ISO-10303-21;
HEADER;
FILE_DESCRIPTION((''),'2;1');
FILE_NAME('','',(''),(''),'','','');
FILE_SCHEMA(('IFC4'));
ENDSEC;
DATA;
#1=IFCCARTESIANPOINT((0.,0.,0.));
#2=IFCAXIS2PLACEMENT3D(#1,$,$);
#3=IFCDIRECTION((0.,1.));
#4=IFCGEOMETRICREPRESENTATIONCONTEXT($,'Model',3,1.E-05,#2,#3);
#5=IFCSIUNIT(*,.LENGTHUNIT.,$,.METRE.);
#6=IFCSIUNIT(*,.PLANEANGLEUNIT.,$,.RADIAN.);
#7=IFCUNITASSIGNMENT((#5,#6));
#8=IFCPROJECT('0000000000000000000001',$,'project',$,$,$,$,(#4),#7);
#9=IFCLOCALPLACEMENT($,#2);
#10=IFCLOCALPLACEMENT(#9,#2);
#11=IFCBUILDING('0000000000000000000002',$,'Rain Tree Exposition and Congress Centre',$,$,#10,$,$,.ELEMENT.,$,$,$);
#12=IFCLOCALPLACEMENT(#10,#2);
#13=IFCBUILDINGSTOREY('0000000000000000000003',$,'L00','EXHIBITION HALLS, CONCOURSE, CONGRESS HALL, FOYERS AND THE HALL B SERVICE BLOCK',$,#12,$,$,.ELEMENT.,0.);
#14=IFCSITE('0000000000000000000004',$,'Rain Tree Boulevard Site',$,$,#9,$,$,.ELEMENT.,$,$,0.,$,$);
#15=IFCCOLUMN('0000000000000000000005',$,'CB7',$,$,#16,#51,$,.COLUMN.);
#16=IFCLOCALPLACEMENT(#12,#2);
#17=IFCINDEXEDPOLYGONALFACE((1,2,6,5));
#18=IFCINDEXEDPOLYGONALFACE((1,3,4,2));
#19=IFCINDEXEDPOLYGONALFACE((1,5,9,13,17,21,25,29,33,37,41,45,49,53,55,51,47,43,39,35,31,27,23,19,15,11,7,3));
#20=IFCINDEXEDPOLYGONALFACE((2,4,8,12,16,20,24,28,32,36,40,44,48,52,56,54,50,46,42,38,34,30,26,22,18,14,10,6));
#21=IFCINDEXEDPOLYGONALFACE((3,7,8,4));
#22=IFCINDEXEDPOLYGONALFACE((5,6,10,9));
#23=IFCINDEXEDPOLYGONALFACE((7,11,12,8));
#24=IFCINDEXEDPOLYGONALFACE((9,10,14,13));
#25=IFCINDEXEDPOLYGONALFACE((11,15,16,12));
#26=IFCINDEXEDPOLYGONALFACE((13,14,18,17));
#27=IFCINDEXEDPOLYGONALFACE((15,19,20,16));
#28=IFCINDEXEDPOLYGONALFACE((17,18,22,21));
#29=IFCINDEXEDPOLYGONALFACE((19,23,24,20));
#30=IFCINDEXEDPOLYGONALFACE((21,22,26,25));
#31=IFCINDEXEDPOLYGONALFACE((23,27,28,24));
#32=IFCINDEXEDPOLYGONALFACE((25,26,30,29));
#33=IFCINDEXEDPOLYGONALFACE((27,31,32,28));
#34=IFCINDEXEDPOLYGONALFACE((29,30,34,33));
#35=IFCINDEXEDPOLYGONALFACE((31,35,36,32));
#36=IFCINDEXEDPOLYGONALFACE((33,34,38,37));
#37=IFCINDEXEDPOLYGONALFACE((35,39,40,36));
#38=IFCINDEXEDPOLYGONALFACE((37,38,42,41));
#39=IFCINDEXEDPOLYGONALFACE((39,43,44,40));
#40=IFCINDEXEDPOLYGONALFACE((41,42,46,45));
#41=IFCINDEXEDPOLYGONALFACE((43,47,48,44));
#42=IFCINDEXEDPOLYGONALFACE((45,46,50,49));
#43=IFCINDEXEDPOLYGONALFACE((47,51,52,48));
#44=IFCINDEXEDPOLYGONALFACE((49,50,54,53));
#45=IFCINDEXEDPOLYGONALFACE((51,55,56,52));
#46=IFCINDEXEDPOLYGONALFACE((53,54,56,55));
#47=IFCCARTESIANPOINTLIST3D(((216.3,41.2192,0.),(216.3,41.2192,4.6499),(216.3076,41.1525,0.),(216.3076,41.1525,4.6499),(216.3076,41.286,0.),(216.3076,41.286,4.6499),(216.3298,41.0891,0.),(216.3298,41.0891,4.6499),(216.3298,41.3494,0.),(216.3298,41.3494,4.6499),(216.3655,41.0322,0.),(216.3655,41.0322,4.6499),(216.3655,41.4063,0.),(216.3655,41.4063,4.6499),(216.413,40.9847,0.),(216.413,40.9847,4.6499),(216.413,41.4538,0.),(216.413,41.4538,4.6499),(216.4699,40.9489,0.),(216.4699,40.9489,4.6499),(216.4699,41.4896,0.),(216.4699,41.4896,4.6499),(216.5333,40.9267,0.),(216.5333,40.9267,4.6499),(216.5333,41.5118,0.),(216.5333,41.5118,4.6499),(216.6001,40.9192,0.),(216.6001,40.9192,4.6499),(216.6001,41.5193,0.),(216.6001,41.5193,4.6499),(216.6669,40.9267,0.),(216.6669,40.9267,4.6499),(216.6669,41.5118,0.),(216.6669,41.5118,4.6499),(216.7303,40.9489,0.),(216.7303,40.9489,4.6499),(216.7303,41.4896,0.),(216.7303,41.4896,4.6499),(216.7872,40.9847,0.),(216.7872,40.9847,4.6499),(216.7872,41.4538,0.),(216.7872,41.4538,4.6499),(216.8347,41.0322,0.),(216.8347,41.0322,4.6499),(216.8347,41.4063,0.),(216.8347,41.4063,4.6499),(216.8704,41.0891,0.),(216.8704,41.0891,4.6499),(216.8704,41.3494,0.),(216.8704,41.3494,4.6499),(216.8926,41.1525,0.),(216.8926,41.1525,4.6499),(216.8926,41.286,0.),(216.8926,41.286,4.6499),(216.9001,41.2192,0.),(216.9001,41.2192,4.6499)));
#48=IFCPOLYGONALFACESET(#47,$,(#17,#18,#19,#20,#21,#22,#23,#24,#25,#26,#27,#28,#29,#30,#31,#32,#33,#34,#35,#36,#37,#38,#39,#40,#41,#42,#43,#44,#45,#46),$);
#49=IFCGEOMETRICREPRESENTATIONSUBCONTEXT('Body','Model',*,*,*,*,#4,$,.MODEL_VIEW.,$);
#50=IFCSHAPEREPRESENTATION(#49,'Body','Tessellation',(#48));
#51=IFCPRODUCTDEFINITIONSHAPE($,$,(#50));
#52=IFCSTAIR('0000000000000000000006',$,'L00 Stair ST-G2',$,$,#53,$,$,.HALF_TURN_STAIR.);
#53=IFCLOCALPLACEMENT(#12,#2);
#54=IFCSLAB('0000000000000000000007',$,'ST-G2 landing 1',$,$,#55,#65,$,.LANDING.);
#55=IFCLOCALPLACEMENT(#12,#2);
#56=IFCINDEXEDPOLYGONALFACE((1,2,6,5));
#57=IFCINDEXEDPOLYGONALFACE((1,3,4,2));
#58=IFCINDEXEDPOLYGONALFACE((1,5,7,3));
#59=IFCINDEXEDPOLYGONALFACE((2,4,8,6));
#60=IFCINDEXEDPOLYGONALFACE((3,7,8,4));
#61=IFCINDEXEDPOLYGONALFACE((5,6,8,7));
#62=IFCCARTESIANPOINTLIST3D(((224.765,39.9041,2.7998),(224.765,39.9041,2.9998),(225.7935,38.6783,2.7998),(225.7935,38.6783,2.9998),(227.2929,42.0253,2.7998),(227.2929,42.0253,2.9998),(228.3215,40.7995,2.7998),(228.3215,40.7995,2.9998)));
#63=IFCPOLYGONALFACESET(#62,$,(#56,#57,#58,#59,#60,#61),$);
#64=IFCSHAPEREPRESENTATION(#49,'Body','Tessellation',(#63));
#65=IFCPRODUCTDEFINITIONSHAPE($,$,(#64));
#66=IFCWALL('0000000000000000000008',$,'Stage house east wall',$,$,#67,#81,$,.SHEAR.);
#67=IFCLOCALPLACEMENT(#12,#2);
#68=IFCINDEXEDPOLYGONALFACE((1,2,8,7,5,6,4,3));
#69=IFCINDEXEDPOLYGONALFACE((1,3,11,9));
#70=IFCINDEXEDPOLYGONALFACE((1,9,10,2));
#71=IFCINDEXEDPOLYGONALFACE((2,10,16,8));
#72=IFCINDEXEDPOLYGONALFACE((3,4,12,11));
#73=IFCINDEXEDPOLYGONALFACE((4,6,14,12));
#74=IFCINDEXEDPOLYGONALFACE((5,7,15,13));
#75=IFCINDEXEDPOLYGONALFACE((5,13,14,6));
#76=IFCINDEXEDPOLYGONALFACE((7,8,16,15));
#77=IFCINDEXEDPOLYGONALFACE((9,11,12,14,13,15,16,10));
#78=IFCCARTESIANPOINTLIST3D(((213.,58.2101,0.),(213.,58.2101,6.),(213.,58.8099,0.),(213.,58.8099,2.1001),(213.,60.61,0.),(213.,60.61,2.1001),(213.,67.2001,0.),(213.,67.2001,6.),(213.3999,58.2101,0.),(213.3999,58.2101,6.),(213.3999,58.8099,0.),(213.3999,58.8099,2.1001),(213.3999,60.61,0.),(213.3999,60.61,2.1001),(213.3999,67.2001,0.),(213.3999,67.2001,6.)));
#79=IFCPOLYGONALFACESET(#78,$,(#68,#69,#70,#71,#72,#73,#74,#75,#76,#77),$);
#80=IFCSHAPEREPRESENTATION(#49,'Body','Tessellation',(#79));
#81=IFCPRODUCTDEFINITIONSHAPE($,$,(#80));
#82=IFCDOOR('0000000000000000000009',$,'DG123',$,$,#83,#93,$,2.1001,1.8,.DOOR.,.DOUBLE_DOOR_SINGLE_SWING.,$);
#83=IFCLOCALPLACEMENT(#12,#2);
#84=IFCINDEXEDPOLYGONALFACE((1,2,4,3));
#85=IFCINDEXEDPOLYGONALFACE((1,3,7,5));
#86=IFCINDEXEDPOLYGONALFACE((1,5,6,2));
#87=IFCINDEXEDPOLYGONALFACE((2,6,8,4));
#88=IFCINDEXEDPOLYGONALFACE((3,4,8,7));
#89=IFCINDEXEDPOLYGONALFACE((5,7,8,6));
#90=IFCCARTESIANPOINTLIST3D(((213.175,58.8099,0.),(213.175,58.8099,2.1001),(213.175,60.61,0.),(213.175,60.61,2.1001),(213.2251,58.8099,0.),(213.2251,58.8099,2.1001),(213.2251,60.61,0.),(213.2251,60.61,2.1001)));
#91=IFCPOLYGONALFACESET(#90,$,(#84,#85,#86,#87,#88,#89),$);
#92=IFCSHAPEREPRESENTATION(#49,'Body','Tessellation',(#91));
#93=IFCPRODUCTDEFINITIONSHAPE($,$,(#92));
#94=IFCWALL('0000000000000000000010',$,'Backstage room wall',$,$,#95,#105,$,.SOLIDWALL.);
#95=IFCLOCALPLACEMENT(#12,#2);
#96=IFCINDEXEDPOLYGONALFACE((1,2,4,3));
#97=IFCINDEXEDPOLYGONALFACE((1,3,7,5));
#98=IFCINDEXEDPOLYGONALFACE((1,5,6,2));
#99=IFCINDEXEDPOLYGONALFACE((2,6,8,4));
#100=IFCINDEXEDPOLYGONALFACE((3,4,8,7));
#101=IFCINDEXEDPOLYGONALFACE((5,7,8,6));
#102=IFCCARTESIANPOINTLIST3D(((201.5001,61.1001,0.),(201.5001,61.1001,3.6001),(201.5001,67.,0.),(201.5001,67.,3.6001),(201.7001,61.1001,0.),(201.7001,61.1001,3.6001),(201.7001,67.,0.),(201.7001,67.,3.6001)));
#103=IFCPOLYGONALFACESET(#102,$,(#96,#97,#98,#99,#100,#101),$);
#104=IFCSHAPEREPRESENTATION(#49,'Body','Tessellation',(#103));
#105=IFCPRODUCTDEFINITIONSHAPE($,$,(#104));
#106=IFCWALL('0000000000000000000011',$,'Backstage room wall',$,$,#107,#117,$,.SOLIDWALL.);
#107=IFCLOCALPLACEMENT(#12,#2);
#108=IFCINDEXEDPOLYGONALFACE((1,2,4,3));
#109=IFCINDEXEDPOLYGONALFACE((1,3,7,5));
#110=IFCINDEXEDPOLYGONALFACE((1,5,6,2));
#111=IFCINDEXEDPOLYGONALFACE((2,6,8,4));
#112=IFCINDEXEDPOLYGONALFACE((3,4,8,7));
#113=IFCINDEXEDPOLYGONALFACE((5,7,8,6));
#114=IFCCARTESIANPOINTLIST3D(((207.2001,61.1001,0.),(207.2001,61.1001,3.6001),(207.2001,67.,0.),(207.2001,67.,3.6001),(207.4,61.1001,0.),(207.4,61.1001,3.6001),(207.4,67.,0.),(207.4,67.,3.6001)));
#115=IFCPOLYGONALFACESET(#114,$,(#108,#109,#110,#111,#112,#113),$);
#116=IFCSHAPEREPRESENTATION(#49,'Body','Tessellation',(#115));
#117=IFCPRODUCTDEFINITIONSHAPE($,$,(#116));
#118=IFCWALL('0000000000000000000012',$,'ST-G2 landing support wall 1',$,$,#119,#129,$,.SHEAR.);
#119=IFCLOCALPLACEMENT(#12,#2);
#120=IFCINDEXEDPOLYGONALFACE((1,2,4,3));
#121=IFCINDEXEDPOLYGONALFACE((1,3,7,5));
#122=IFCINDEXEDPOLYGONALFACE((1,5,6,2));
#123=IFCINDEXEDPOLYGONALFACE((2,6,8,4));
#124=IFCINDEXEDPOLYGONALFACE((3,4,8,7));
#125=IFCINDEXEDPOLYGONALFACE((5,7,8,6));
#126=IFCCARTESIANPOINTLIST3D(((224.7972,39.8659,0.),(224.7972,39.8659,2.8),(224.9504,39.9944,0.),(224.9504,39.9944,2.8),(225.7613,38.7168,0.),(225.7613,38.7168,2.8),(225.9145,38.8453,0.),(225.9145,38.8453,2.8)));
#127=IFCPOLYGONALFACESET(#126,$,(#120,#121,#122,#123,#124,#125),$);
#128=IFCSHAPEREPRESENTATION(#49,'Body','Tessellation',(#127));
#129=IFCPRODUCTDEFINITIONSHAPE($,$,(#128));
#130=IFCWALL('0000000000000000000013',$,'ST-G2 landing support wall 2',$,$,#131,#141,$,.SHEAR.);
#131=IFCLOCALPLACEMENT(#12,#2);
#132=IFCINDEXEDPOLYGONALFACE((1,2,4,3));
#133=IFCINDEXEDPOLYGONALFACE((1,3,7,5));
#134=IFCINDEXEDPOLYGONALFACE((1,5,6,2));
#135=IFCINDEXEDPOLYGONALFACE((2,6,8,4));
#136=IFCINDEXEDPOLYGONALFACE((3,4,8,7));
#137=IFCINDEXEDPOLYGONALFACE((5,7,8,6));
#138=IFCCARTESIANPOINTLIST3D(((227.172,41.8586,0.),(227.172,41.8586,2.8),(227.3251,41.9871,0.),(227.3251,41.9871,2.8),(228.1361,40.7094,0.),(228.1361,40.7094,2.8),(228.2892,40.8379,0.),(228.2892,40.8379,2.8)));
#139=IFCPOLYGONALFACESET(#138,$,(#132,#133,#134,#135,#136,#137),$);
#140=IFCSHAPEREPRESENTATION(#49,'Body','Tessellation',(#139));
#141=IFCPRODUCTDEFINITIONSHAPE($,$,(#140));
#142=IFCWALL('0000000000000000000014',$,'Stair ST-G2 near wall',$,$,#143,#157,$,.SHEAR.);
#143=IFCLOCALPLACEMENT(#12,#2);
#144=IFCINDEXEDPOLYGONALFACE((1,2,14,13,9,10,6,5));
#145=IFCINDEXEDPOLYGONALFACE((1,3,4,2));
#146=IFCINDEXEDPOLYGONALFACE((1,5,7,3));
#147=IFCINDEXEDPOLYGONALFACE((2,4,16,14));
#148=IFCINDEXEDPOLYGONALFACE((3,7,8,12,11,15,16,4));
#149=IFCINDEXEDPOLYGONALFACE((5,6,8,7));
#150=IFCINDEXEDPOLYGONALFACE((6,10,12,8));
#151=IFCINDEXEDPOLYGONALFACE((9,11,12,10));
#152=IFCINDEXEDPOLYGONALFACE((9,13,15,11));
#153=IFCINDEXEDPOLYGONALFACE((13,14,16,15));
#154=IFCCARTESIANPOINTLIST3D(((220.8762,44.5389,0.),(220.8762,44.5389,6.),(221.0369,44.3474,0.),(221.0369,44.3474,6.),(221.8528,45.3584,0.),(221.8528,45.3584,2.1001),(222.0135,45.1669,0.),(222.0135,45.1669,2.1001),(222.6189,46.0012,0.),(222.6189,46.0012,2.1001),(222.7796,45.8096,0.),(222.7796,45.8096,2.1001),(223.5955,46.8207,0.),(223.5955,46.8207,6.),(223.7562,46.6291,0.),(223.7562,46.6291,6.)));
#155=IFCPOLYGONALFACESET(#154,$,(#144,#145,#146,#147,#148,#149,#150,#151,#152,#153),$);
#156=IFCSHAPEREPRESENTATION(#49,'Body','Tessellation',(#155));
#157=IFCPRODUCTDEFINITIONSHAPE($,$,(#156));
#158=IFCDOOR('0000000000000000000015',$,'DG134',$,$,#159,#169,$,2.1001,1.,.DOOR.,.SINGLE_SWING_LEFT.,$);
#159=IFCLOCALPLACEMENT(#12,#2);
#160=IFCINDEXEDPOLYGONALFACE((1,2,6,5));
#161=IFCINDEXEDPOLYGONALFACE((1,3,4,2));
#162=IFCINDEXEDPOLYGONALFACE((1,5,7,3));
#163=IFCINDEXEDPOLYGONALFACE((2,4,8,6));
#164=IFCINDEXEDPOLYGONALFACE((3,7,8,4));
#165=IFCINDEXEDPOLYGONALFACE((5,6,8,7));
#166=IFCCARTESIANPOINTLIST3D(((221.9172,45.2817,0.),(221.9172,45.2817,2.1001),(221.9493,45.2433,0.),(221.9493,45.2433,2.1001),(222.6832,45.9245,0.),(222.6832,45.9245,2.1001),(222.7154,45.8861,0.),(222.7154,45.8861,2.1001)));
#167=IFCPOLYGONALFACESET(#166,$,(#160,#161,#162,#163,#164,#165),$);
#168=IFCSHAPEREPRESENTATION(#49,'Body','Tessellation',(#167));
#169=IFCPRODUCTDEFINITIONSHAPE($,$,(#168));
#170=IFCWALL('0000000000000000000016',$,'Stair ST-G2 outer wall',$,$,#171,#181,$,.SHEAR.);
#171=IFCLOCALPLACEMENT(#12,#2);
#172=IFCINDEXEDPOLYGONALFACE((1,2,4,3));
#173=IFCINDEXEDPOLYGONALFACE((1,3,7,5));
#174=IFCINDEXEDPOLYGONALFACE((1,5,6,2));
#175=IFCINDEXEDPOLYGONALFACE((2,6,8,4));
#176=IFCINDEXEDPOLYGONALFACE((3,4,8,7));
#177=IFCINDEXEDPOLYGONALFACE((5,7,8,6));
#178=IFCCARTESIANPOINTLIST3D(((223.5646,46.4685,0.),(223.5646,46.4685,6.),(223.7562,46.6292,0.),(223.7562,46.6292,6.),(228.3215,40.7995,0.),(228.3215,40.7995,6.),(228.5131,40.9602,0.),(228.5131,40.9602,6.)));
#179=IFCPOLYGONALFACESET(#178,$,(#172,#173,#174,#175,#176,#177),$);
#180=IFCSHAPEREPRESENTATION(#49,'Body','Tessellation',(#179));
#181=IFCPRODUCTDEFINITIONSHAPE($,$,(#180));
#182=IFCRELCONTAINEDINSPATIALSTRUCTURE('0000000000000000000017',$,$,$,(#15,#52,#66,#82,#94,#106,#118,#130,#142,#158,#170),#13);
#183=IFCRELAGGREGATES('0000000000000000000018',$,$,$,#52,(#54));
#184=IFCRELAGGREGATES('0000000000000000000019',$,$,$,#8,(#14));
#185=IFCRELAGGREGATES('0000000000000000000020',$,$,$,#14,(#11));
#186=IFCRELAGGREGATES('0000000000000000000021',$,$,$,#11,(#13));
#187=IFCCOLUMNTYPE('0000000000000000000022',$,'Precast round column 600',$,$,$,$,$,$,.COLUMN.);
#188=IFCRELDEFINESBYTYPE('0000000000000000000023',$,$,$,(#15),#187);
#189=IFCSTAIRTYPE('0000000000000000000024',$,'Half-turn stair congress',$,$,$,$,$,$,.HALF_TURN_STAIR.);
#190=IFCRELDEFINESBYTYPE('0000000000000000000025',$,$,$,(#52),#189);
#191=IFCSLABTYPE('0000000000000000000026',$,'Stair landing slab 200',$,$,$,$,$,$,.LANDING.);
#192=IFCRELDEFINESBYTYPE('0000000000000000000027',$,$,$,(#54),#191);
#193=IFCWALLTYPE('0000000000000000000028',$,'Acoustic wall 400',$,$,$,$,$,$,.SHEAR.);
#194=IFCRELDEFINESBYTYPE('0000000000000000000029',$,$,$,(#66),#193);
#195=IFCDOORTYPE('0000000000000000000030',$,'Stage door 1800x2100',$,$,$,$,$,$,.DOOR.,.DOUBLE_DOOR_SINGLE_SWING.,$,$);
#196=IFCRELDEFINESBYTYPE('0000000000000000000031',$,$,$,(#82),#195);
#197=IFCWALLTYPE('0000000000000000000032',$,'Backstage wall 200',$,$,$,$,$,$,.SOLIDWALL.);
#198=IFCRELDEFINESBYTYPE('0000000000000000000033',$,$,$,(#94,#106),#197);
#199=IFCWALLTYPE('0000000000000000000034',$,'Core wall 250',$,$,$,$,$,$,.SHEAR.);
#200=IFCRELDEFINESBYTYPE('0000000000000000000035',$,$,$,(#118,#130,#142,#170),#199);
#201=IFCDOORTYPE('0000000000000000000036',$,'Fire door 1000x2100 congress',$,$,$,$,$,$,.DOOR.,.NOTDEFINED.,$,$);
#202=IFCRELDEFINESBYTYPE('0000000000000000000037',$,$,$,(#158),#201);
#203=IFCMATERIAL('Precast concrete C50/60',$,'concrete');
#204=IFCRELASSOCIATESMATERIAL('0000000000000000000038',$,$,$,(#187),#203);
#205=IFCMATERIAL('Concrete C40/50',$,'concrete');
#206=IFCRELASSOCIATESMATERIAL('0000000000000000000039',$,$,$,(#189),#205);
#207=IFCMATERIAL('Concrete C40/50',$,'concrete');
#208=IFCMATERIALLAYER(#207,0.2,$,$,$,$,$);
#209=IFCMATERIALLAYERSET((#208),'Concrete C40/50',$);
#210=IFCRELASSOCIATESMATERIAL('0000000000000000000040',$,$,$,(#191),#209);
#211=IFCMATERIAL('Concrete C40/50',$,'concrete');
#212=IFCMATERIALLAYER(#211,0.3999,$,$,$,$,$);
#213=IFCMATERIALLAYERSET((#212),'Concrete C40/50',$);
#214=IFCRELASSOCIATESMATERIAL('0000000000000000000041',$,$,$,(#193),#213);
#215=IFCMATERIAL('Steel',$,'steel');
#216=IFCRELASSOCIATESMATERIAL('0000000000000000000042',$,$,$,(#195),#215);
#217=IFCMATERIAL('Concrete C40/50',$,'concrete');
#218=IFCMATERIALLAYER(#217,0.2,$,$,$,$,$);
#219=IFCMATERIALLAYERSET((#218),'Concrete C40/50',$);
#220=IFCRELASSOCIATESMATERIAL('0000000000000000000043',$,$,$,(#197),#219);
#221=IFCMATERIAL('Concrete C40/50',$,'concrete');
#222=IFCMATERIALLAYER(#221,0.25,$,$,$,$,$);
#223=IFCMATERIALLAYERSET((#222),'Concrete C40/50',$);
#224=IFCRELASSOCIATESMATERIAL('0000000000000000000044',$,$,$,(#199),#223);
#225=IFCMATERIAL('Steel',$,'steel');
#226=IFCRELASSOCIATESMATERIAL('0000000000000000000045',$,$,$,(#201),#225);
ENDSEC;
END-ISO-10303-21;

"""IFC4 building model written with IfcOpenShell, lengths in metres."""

from ifc_helpers import new_model, si_unit, direction, frame, frame_2d, origin, origin_2d, place, context, subcontext, project, spatial, rectangle, circle, extrude, material, layer, layer_set, material_profile, profile_set, type_object, element, fill, aggregate, save


model = new_model("IFC4")

# Units and contexts
model_context = context("Model", 3, precision=1e-05, world=origin(), true_north=direction((0.0, 1.0)))
body_context = subcontext(model_context, "Body", "Model", "MODEL_VIEW")
ifc_project = project(units=[si_unit("LENGTHUNIT", "METRE"), si_unit("PLANEANGLEUNIT", "RADIAN")], contexts=[model_context])

# Site, building, storey
site_placement = place(None, origin())
site = spatial("IfcSite", under=ifc_project, at=site_placement, Name="Rain Tree Boulevard Site", CompositionType="ELEMENT", RefElevation=0.0)
building_placement = place(site_placement, origin())
building = spatial("IfcBuilding", under=site, at=building_placement, Name="Rain Tree Exposition and Congress Centre", CompositionType="ELEMENT")
storey_placement = place(building_placement, origin())
storey = spatial("IfcBuildingStorey", under=building, at=storey_placement, Name="L00", Description="EXHIBITION HALLS, CONCOURSE, CONGRESS HALL, FOYERS AND THE HALL B SERVICE BLOCK", CompositionType="ELEMENT", Elevation=0.0)

# Column
ifc_material_1 = material(Name="Precast concrete C50/60", Category="concrete")
ifc_material_profile = material_profile(ifc_material_1, circle(Radius=0.3, at=origin_2d()), Name="RC D600")
ifc_profile_set = profile_set([ifc_material_profile], Name="Precast concrete C50/60")
column_type = type_object("IfcColumnType", Name="Precast round column 600", PredefinedType="COLUMN", material=ifc_profile_set)
column_placement = place(storey_placement, frame((216.6001, 41.2192, 0.0), z_axis=(0.0, 0.0, 1.0), x_axis=(1.0, 0.0, 0.0)))
element("IfcColumn", 1, at=column_placement, inside=storey, type_object=column_type, Name="CB7", PredefinedType="COLUMN", context=body_context, shape_type="SweptSolid", body=[
    extrude(circle(Radius=0.3, at=origin_2d()), origin(), (0.0, 0.0, 1.0), 4.6499),
])

# Stair, slab
ifc_material_2 = material(Name="Concrete C40/50", Category="concrete")
stair_type = type_object("IfcStairType", Name="Half-turn stair congress", PredefinedType="HALF_TURN_STAIR", material=ifc_material_2)
stair_placement = place(storey_placement, origin())
stair = element("IfcStair", 2, at=stair_placement, inside=storey, type_object=stair_type, Name="L00 Stair ST-G2", PredefinedType="HALF_TURN_STAIR")
ifc_material_3 = material(Name="Concrete C40/50", Category="concrete")
ifc_layer_1 = layer(ifc_material_3, 0.2)
ifc_layer_set_1 = layer_set([ifc_layer_1], Name="Concrete C40/50")
slab_type = type_object("IfcSlabType", Name="Stair landing slab 200", PredefinedType="LANDING", material=ifc_layer_set_1)
slab_placement = place(storey_placement, frame((226.5432, 40.3518, 2.7998), z_axis=(0.0, 0.0, 1.0), x_axis=(0.642788, -0.766044, 0.0)))
slab = element("IfcSlab", 3, at=slab_placement, type_object=slab_type, Name="ST-G2 landing 1", PredefinedType="LANDING", context=body_context, shape_type="SweptSolid", body=[
    extrude(rectangle(XDim=1.6001, YDim=3.3, at=origin_2d()), origin(), (0.0, 0.0, 1.0), 0.2),
])

# Shared definitions
ifc_material_4 = material(Name="Concrete C40/50", Category="concrete")
ifc_layer_2 = layer(ifc_material_4, 0.3999)
ifc_layer_set_2 = layer_set([ifc_layer_2], Name="Concrete C40/50")
wall_type_1 = type_object("IfcWallType", Name="Acoustic wall 400", PredefinedType="SHEAR", material=ifc_layer_set_2)

# Wall, opening, door
wall_1_placement = place(storey_placement, frame((213.2, 58.21, 0.0), z_axis=(0.0, 0.0, 1.0), x_axis=(0.0, 1.0, 0.0)))
wall_1 = element("IfcWall", 4, at=wall_1_placement, inside=storey, type_object=wall_type_1, Name="Stage house east wall", PredefinedType="SHEAR", context=body_context, shape_type="SweptSolid", body=[
    extrude(rectangle(XDim=8.99, YDim=0.3999, at=frame_2d((4.4951, 0.0))), origin(), (0.0, 0.0, 1.0), 6.0),
])
opening_1_placement = place(wall_1_placement, frame((0.6001, 0.0, 0.0)))
opening_1 = element("IfcOpeningElement", 5, at=opening_1_placement, cuts=wall_1, PredefinedType="OPENING", context=body_context, shape_type="SweptSolid", body=[
    extrude(rectangle(XDim=1.8, YDim=2.1001, at=frame_2d((0.8999, 1.05))), frame((0.0, 0.2, 0.0), z_axis=(0.0, -1.0, 0.0), x_axis=(1.0, 0.0, 0.0)), (0.0, 0.0, 1.0), 0.3999),
])
ifc_material_5 = material(Name="Steel", Category="steel")
door_type_1 = type_object("IfcDoorType", Name="Stage door 1800x2100", OperationType="DOUBLE_DOOR_SINGLE_SWING", PredefinedType="DOOR", material=ifc_material_5)
door_1_placement = place(opening_1_placement, origin())
door_1 = element("IfcDoor", 6, at=door_1_placement, inside=storey, type_object=door_type_1, Name="DG123", OperationType="DOUBLE_DOOR_SINGLE_SWING", OverallHeight=2.1001, OverallWidth=1.8, PredefinedType="DOOR", context=body_context, shape_type="SweptSolid", body=[
    extrude(rectangle(XDim=1.8, YDim=2.1001, at=frame_2d((0.8999, 1.05))), frame((0.0, 0.0249, 0.0), z_axis=(0.0, -1.0, 0.0), x_axis=(1.0, 0.0, 0.0)), (0.0, 0.0, 1.0), 0.05),
])
fill(opening_1, door_1)

# Walls
ifc_material_6 = material(Name="Concrete C40/50", Category="concrete")
ifc_layer_3 = layer(ifc_material_6, 0.2)
ifc_layer_set_3 = layer_set([ifc_layer_3], Name="Concrete C40/50")
wall_type_2 = type_object("IfcWallType", Name="Backstage wall 200", PredefinedType="SOLIDWALL", material=ifc_layer_set_3)
for number, where, z_axis, x_axis, name in (
    (7, (201.6001, 61.1001, 0.0), (0.0, 0.0, 1.0), (0.0, 1.0, 0.0), "Backstage room wall"),
    (8, (207.3, 61.1001, 0.0), (0.0, 0.0, 1.0), (0.0, 1.0, 0.0), "Backstage room wall"),
):
    element("IfcWall", number, at=place(storey_placement, frame(where, z_axis=z_axis, x_axis=x_axis)), inside=storey, type_object=wall_type_2, Name=name, PredefinedType="SOLIDWALL", context=body_context, shape_type="SweptSolid", body=[
        extrude(rectangle(XDim=5.8999, YDim=0.2, at=frame_2d((2.95, 0.0))), origin(), (0.0, 0.0, 1.0), 3.6001),
    ])
ifc_material_7 = material(Name="Concrete C40/50", Category="concrete")
ifc_layer_4 = layer(ifc_material_7, 0.25)
ifc_layer_set_4 = layer_set([ifc_layer_4], Name="Concrete C40/50")
wall_type_3 = type_object("IfcWallType", Name="Core wall 250", PredefinedType="SHEAR", material=ifc_layer_set_4)
for number, where, z_axis, x_axis, name in (
    (9, (224.8738, 39.9302, 0.0), (0.0, 0.0, 1.0), (0.642726, -0.766096, 0.0), "ST-G2 landing support wall 1"),
    (10, (228.2126, 40.7737, 0.0), (0.0, 0.0, 1.0), (-0.642726, 0.766096, 0.0), "ST-G2 landing support wall 2"),
):
    element("IfcWall", number, at=place(storey_placement, frame(where, z_axis=z_axis, x_axis=x_axis)), inside=storey, type_object=wall_type_3, Name=name, PredefinedType="SHEAR", context=body_context, shape_type="SweptSolid", body=[
        extrude(rectangle(XDim=1.5, YDim=0.2, at=frame_2d((0.75, 0.0))), origin(), (0.0, 0.0, 1.0), 2.8),
    ])

# Wall, opening, door
wall_2_placement = place(storey_placement, frame((220.9565, 44.4431, 0.0), z_axis=(0.0, 0.0, 1.0), x_axis=(0.766041, 0.642792, 0.0)))
wall_2 = element("IfcWall", 11, at=wall_2_placement, inside=storey, type_object=wall_type_3, Name="Stair ST-G2 near wall", PredefinedType="SHEAR", context=body_context, shape_type="SweptSolid", body=[
    extrude(rectangle(XDim=3.5498, YDim=0.25, at=frame_2d((1.7749, 0.0))), origin(), (0.0, 0.0, 1.0), 6.0),
])
opening_2_placement = place(wall_2_placement, frame((1.2749, 0.0, 0.0)))
opening_2 = element("IfcOpeningElement", 12, at=opening_2_placement, cuts=wall_2, PredefinedType="OPENING", context=body_context, shape_type="SweptSolid", body=[
    extrude(rectangle(XDim=1.0, YDim=2.1001, at=frame_2d((0.5, 1.05))), frame((0.0, 0.125, 0.0), z_axis=(0.0, -1.0, 0.0), x_axis=(1.0, 0.0, 0.0)), (0.0, 0.0, 1.0), 0.25),
])
ifc_material_8 = material(Name="Steel", Category="steel")
door_type_2 = type_object("IfcDoorType", Name="Fire door 1000x2100 congress", OperationType="NOTDEFINED", PredefinedType="DOOR", material=ifc_material_8)
door_2_placement = place(opening_2_placement, origin())
door_2 = element("IfcDoor", 13, at=door_2_placement, inside=storey, type_object=door_type_2, Name="DG134", OperationType="SINGLE_SWING_LEFT", OverallHeight=2.1001, OverallWidth=1.0, PredefinedType="DOOR", context=body_context, shape_type="SweptSolid", body=[
    extrude(rectangle(XDim=1.0, YDim=2.1001, at=frame_2d((0.5, 1.05))), frame((0.0, 0.0249, 0.0), z_axis=(0.0, -1.0, 0.0), x_axis=(1.0, 0.0, 0.0)), (0.0, 0.0, 1.0), 0.05),
])
fill(opening_2, door_2)

# Wall
wall_3_placement = place(storey_placement, frame((223.6604, 46.5488, 0.0), z_axis=(0.0, 0.0, 1.0), x_axis=(0.64279, -0.766043, 0.0)))
element("IfcWall", 14, at=wall_3_placement, inside=storey, type_object=wall_type_3, Name="Stair ST-G2 outer wall", PredefinedType="SHEAR", context=body_context, shape_type="SweptSolid", body=[
    extrude(rectangle(XDim=7.4004, YDim=0.25, at=frame_2d((3.7002, 0.0))), origin(), (0.0, 0.0, 1.0), 6.0),
])

aggregate(stair, [slab])

save(model, "model.ifc")
